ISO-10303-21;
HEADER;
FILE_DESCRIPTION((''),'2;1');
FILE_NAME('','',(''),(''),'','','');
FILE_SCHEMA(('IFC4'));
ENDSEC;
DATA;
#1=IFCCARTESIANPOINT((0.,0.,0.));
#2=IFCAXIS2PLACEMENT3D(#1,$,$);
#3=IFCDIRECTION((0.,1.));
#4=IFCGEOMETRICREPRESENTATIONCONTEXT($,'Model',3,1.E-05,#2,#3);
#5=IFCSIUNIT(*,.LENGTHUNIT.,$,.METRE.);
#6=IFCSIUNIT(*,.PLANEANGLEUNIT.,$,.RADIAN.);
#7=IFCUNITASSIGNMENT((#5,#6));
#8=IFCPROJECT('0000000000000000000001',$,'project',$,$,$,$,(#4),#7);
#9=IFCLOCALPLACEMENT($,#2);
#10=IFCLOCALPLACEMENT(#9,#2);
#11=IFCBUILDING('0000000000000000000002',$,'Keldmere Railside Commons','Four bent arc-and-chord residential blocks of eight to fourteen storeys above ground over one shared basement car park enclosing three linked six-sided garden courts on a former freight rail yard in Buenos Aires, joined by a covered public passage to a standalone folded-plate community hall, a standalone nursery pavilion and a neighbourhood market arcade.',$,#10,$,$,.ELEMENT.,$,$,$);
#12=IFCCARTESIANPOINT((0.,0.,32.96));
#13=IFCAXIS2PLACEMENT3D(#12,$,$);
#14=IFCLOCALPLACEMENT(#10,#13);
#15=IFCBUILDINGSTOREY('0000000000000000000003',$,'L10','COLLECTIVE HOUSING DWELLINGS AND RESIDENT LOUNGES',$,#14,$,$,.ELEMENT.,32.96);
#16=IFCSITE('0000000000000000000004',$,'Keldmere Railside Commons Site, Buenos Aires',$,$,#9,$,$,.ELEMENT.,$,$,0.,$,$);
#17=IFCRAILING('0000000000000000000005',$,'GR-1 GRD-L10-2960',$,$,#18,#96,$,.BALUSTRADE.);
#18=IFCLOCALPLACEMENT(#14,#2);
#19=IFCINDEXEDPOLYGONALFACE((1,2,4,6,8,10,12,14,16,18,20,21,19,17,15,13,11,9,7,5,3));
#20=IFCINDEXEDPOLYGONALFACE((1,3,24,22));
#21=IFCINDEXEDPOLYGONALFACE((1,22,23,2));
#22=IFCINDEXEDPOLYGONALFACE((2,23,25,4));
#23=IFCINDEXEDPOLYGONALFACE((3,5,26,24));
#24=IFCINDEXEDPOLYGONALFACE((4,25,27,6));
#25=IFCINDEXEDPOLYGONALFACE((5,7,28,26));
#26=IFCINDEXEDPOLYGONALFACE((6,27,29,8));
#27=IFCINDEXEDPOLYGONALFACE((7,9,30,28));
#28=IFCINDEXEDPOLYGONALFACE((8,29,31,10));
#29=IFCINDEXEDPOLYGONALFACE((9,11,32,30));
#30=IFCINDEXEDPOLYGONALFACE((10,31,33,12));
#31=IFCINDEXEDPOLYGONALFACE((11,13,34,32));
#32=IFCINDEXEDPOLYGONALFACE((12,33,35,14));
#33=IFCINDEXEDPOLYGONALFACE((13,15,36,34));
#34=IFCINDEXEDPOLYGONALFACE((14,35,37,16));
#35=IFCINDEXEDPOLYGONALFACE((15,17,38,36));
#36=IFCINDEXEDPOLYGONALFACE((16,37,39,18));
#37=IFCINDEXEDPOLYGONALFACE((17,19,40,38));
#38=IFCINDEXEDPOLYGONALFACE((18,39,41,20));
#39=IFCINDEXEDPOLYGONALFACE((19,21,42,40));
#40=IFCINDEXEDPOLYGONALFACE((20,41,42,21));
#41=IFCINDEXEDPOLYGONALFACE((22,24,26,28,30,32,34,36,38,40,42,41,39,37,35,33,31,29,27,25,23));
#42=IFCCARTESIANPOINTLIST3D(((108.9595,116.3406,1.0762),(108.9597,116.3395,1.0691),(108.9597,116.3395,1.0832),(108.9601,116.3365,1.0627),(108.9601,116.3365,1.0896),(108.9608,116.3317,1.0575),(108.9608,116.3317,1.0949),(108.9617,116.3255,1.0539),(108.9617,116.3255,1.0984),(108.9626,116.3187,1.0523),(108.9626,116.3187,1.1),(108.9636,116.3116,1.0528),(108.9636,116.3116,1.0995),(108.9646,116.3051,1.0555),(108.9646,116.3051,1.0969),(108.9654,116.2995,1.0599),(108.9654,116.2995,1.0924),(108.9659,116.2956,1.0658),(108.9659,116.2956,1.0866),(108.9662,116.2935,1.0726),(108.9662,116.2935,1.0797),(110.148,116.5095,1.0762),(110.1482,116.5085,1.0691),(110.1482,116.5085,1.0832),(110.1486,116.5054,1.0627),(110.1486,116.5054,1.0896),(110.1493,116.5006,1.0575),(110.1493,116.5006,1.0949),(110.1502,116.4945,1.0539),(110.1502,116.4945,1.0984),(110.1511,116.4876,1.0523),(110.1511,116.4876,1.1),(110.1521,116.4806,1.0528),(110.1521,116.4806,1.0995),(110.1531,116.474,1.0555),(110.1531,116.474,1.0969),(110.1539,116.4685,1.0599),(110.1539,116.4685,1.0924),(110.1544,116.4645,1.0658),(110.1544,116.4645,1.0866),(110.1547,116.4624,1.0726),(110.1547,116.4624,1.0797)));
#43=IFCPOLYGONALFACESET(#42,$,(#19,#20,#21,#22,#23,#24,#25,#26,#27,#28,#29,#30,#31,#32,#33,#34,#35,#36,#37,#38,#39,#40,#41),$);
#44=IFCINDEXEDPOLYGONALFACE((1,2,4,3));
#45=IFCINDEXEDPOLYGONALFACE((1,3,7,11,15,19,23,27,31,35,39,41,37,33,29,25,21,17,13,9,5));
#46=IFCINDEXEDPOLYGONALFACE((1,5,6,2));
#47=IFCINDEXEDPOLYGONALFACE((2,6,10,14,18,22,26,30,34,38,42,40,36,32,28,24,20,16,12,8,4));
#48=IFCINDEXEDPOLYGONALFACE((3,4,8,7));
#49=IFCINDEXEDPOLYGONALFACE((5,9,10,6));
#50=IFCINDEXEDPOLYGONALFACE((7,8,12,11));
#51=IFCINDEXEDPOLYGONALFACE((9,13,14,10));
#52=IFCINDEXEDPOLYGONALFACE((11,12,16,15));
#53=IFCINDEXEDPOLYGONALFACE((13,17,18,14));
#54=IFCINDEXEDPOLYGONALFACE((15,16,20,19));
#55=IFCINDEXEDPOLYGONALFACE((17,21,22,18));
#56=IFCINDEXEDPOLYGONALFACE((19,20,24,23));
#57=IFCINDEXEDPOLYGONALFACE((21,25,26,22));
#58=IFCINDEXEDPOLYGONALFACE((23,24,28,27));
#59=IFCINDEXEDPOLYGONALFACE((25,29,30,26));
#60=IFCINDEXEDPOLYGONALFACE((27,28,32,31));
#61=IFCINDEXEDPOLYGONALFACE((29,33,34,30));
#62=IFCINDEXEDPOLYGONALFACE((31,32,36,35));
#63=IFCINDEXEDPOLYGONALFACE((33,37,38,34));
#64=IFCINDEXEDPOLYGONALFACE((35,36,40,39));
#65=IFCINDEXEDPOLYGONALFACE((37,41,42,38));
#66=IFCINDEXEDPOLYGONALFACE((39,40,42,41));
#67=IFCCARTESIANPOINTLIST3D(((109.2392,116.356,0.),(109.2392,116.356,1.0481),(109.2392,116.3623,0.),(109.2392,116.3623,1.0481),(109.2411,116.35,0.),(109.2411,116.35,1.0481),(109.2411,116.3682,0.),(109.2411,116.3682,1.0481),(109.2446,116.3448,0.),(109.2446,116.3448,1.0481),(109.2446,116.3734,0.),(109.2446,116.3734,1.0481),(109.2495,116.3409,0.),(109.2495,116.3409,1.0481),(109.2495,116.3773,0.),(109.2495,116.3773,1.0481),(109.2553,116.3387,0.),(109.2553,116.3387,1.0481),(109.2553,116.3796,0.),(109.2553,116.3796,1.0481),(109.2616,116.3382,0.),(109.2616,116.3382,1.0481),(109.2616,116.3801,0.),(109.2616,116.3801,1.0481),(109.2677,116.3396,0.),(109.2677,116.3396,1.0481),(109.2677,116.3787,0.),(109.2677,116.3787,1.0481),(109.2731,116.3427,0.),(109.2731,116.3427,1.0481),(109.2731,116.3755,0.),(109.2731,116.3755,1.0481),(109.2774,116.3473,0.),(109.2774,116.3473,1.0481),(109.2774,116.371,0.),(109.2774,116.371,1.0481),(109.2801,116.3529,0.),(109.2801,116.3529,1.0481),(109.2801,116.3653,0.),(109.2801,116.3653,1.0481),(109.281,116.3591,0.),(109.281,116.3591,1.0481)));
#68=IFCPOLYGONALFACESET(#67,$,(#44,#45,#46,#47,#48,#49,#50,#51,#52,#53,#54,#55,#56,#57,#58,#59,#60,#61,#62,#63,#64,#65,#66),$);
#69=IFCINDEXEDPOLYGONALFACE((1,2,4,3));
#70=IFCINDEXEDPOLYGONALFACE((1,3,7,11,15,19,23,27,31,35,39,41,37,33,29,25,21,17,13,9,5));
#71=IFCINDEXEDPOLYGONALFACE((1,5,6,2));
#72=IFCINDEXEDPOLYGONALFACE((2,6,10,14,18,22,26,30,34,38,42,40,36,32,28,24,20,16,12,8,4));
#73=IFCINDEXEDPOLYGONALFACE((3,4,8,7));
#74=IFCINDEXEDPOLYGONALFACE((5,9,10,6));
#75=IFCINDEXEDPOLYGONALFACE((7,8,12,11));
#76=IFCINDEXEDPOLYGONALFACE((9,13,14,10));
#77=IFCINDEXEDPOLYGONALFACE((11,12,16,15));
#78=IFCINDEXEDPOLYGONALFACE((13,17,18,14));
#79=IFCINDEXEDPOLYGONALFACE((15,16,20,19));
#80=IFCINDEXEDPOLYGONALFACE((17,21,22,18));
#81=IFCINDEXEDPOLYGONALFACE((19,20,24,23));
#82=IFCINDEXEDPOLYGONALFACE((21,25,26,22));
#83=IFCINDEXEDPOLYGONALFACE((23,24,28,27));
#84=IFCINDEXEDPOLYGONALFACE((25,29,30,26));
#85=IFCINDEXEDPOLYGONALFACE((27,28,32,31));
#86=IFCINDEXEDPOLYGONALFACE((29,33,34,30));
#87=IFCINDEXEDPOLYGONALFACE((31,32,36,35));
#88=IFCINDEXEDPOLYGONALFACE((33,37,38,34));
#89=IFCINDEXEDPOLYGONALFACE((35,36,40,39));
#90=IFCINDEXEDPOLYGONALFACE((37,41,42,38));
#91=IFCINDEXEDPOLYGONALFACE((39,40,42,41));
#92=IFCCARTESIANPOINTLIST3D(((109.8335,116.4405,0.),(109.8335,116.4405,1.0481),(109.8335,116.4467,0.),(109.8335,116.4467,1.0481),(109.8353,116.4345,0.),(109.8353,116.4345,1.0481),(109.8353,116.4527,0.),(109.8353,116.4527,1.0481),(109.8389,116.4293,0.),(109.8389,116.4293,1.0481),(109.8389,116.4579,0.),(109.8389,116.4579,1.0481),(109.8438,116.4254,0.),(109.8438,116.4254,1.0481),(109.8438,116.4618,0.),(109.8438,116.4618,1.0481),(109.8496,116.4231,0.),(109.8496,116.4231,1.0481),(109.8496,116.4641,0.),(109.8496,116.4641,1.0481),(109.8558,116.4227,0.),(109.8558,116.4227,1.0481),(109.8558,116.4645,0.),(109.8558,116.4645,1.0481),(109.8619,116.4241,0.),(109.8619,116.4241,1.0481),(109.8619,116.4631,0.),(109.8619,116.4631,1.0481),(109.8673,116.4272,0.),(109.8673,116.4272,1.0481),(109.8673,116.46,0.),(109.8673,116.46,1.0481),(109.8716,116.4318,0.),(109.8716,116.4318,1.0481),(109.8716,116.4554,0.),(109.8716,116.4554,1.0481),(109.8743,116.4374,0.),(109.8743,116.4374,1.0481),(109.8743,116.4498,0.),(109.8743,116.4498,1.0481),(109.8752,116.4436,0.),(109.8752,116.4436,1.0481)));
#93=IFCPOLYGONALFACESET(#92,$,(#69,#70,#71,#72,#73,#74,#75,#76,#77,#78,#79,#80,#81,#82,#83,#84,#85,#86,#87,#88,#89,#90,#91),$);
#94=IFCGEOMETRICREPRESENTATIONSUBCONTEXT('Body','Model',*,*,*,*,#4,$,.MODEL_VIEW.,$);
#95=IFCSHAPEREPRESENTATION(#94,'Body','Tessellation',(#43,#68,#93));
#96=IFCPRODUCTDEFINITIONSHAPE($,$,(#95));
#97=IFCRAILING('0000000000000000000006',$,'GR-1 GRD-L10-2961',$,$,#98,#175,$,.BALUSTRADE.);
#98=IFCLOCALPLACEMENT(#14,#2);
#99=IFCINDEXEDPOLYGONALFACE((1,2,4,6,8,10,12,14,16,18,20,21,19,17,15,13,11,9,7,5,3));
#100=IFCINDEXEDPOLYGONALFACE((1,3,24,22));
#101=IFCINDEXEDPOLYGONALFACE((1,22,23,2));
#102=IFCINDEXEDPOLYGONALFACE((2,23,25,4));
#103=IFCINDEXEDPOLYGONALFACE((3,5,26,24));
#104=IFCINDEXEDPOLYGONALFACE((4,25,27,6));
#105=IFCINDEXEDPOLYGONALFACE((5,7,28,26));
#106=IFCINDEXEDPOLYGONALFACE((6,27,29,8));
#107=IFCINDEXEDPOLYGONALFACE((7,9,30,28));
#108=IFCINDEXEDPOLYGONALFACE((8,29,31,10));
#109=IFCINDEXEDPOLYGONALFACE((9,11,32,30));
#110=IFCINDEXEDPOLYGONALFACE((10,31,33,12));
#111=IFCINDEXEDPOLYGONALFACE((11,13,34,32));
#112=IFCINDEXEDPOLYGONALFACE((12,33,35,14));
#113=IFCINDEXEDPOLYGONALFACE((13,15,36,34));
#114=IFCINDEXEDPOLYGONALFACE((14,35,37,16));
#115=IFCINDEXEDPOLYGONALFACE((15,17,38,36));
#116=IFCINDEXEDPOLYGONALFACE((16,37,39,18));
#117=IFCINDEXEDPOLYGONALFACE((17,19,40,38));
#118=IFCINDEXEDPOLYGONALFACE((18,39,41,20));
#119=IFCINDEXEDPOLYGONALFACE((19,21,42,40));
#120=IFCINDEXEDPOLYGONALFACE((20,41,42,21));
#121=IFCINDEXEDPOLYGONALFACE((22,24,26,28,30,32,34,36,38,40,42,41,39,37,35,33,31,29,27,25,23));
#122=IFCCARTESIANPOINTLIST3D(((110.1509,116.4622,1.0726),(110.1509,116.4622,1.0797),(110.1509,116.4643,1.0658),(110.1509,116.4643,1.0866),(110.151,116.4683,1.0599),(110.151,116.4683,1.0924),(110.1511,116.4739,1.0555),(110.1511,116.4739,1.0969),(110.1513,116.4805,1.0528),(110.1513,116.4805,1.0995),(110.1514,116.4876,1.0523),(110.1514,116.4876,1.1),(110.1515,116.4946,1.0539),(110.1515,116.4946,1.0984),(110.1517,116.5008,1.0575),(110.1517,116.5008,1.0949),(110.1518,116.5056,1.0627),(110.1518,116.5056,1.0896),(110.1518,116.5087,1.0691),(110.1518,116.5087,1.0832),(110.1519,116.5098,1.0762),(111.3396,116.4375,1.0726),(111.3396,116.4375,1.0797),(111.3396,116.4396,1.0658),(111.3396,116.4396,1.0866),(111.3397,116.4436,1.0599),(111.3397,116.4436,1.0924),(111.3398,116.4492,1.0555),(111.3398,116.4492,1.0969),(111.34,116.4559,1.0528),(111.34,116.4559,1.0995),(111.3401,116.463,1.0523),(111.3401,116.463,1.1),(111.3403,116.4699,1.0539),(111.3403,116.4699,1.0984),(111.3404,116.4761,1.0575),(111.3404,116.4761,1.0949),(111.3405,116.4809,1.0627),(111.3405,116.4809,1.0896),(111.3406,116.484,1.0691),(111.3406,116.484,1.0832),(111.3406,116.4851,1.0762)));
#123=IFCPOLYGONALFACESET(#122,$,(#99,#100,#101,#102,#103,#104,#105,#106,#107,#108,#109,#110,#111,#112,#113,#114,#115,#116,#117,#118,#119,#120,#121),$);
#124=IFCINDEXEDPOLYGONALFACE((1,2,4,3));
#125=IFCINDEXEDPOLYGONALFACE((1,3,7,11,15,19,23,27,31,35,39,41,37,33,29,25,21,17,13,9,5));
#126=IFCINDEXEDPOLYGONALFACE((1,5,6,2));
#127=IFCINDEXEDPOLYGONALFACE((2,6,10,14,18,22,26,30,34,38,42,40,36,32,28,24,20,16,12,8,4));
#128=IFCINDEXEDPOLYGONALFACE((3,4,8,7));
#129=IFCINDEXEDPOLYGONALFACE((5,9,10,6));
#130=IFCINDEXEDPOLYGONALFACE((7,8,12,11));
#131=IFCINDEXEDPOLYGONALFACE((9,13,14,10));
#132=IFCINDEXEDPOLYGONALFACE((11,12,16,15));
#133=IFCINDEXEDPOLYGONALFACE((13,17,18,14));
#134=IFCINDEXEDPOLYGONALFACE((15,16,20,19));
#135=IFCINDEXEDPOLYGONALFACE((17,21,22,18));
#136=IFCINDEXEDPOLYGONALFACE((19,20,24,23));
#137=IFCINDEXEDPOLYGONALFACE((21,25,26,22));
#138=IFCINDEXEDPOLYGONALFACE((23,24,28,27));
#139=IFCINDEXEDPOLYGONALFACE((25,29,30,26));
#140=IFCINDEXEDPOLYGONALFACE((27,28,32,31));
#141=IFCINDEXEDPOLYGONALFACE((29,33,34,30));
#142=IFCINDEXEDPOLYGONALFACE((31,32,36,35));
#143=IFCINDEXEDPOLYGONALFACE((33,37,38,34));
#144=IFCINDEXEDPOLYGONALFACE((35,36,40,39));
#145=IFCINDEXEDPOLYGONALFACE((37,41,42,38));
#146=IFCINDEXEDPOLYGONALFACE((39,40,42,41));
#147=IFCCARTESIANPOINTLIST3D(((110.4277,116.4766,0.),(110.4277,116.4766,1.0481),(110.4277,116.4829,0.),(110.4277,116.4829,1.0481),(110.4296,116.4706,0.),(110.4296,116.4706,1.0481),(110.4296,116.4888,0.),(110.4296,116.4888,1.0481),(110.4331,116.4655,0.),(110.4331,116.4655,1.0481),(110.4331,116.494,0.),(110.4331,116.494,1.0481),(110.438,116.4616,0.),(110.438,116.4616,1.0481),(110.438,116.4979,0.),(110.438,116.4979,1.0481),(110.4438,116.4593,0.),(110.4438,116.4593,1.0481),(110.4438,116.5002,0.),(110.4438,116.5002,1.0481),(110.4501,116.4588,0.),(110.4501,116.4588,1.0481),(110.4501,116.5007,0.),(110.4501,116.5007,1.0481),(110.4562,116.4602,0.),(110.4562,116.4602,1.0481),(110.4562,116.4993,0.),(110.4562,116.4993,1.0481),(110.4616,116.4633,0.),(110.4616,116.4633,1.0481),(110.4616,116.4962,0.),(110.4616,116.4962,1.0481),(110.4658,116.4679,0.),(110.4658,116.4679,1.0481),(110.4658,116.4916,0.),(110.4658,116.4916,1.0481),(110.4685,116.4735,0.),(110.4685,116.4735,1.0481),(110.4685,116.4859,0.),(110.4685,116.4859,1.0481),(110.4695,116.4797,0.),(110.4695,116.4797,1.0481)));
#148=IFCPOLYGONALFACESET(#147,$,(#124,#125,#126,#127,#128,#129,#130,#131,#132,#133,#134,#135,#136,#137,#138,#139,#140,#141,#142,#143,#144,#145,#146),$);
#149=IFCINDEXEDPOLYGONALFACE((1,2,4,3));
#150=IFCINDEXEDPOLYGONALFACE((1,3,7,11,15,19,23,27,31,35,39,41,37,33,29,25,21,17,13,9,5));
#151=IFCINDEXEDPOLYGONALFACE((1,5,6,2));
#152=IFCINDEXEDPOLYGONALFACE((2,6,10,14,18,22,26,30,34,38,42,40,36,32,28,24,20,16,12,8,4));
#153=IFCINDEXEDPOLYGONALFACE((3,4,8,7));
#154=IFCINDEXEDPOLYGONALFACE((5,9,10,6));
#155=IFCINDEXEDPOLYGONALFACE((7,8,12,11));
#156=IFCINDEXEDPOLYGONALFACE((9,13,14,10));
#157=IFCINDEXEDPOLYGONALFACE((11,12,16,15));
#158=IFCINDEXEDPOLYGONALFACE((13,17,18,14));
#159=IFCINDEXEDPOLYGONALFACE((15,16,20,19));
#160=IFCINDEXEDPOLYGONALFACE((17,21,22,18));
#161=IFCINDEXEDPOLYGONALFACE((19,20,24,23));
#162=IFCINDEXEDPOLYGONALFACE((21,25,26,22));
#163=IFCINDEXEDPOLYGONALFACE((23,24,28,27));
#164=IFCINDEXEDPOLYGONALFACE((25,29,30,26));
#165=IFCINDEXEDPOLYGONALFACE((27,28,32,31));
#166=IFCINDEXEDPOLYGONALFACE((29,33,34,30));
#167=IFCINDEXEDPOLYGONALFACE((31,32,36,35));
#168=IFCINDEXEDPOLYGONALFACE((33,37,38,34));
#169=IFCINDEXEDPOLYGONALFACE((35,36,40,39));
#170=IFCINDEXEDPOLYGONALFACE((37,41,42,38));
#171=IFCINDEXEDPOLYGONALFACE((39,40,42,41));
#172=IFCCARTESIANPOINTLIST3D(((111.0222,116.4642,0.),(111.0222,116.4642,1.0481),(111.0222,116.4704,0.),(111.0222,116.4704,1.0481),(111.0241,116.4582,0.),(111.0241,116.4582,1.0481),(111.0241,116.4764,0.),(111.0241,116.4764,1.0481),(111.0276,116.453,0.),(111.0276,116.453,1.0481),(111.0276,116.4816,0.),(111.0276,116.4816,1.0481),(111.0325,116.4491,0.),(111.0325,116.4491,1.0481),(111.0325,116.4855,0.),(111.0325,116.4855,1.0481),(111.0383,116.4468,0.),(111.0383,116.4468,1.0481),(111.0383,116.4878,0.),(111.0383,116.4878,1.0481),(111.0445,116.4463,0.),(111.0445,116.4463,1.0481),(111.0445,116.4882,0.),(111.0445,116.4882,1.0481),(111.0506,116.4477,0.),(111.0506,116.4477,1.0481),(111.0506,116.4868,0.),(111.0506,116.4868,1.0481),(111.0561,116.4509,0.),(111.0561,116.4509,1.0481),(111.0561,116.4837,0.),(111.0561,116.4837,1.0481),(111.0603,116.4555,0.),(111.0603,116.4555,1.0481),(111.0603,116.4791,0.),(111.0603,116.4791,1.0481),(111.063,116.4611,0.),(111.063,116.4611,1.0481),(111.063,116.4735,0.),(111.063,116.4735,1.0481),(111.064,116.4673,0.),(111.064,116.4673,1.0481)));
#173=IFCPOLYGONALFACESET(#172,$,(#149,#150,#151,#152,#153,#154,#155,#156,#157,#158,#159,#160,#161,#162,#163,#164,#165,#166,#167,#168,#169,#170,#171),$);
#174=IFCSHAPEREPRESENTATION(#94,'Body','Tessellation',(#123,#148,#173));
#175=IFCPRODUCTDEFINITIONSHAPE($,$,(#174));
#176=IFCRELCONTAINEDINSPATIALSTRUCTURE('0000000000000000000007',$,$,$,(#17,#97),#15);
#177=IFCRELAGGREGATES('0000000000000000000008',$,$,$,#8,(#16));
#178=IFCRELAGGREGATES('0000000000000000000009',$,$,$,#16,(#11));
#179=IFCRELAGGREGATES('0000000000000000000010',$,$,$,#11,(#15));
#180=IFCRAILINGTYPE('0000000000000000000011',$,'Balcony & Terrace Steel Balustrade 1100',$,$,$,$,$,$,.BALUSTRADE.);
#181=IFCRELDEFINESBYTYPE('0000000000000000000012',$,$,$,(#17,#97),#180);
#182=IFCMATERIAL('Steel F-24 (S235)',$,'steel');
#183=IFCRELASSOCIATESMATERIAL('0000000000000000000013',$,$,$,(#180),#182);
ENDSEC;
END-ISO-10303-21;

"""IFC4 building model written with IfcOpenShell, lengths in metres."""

from ifc_helpers import new_model, si_unit, direction, frame, origin, origin_2d, place, context, subcontext, project, spatial, circle, extrude, material, type_object, element, save


model = new_model("IFC4")

# Units and contexts
model_context = context("Model", 3, precision=1e-05, world=origin(), true_north=direction((0.0, 1.0)))
body_context = subcontext(model_context, "Body", "Model", "MODEL_VIEW")
ifc_project = project(units=[si_unit("LENGTHUNIT", "METRE"), si_unit("PLANEANGLEUNIT", "RADIAN")], contexts=[model_context])

# Site, building, storey
site_placement = place(None, origin())
site = spatial("IfcSite", under=ifc_project, at=site_placement, Name="Keldmere Railside Commons Site, Buenos Aires", CompositionType="ELEMENT", RefElevation=0.0)
building_placement = place(site_placement, origin())
building = spatial("IfcBuilding", under=site, at=building_placement, Name="Keldmere Railside Commons", Description="Four bent arc-and-chord residential blocks of eight to fourteen storeys above ground over one shared basement car park enclosing three linked six-sided garden courts on a former freight rail yard in Buenos Aires, joined by a covered public passage to a standalone folded-plate community hall, a standalone nursery pavilion and a neighbourhood market arcade.", CompositionType="ELEMENT")
storey_placement = place(building_placement, frame((0.0, 0.0, 32.96)))
storey = spatial("IfcBuildingStorey", under=building, at=storey_placement, Name="L10", Description="COLLECTIVE HOUSING DWELLINGS AND RESIDENT LOUNGES", CompositionType="ELEMENT", Elevation=32.96)

# Railings
ifc_material_1 = material(Name="Steel F-24 (S235)", Category="steel")
railing_type = type_object("IfcRailingType", Name="Balcony & Terrace Steel Balustrade 1100", PredefinedType="BALUSTRADE", material=ifc_material_1)
railing_1_placement = place(storey_placement, frame((108.9629, 116.3169, 0.0)))
element("IfcRailing", 1, at=railing_1_placement, inside=storey, type_object=railing_type, Name="GR-1 GRD-L10-2960", PredefinedType="BALUSTRADE", context=body_context, shape_type="SweptSolid", body=[
    extrude(circle(Radius=0.0239, at=origin_2d()), frame((0.0, 0.0, 1.0762), z_axis=(0.990047, 0.140738, 0.0), x_axis=(-0.140738, 0.990047, 0.0)), (0.0, 0.0, 1.0), 1.2004),
    extrude(circle(Radius=0.021, at=origin_2d()), frame((0.2971, 0.0422, 0.0)), (0.0, 0.0, 1.0), 1.0481),
    extrude(circle(Radius=0.021, at=origin_2d()), frame((0.8914, 0.1267, 0.0)), (0.0, 0.0, 1.0), 1.0481),
])
railing_2_placement = place(storey_placement, frame((110.1514, 116.4858, 0.0)))
element("IfcRailing", 2, at=railing_2_placement, inside=storey, type_object=railing_type, Name="GR-1 GRD-L10-2961", PredefinedType="BALUSTRADE", context=body_context, shape_type="SweptSolid", body=[
    extrude(circle(Radius=0.0239, at=origin_2d()), frame((0.0, 0.0, 1.0762), z_axis=(0.999785, -0.020739, 0.0), x_axis=(0.020739, 0.999785, 0.0)), (0.0, 0.0, 1.0), 1.189),
    extrude(circle(Radius=0.021, at=origin_2d()), frame((0.2971, -0.0061, 0.0)), (0.0, 0.0, 1.0), 1.0481),
    extrude(circle(Radius=0.021, at=origin_2d()), frame((0.8916, -0.0186, 0.0)), (0.0, 0.0, 1.0), 1.0481),
])

save(model, "model.ifc")
